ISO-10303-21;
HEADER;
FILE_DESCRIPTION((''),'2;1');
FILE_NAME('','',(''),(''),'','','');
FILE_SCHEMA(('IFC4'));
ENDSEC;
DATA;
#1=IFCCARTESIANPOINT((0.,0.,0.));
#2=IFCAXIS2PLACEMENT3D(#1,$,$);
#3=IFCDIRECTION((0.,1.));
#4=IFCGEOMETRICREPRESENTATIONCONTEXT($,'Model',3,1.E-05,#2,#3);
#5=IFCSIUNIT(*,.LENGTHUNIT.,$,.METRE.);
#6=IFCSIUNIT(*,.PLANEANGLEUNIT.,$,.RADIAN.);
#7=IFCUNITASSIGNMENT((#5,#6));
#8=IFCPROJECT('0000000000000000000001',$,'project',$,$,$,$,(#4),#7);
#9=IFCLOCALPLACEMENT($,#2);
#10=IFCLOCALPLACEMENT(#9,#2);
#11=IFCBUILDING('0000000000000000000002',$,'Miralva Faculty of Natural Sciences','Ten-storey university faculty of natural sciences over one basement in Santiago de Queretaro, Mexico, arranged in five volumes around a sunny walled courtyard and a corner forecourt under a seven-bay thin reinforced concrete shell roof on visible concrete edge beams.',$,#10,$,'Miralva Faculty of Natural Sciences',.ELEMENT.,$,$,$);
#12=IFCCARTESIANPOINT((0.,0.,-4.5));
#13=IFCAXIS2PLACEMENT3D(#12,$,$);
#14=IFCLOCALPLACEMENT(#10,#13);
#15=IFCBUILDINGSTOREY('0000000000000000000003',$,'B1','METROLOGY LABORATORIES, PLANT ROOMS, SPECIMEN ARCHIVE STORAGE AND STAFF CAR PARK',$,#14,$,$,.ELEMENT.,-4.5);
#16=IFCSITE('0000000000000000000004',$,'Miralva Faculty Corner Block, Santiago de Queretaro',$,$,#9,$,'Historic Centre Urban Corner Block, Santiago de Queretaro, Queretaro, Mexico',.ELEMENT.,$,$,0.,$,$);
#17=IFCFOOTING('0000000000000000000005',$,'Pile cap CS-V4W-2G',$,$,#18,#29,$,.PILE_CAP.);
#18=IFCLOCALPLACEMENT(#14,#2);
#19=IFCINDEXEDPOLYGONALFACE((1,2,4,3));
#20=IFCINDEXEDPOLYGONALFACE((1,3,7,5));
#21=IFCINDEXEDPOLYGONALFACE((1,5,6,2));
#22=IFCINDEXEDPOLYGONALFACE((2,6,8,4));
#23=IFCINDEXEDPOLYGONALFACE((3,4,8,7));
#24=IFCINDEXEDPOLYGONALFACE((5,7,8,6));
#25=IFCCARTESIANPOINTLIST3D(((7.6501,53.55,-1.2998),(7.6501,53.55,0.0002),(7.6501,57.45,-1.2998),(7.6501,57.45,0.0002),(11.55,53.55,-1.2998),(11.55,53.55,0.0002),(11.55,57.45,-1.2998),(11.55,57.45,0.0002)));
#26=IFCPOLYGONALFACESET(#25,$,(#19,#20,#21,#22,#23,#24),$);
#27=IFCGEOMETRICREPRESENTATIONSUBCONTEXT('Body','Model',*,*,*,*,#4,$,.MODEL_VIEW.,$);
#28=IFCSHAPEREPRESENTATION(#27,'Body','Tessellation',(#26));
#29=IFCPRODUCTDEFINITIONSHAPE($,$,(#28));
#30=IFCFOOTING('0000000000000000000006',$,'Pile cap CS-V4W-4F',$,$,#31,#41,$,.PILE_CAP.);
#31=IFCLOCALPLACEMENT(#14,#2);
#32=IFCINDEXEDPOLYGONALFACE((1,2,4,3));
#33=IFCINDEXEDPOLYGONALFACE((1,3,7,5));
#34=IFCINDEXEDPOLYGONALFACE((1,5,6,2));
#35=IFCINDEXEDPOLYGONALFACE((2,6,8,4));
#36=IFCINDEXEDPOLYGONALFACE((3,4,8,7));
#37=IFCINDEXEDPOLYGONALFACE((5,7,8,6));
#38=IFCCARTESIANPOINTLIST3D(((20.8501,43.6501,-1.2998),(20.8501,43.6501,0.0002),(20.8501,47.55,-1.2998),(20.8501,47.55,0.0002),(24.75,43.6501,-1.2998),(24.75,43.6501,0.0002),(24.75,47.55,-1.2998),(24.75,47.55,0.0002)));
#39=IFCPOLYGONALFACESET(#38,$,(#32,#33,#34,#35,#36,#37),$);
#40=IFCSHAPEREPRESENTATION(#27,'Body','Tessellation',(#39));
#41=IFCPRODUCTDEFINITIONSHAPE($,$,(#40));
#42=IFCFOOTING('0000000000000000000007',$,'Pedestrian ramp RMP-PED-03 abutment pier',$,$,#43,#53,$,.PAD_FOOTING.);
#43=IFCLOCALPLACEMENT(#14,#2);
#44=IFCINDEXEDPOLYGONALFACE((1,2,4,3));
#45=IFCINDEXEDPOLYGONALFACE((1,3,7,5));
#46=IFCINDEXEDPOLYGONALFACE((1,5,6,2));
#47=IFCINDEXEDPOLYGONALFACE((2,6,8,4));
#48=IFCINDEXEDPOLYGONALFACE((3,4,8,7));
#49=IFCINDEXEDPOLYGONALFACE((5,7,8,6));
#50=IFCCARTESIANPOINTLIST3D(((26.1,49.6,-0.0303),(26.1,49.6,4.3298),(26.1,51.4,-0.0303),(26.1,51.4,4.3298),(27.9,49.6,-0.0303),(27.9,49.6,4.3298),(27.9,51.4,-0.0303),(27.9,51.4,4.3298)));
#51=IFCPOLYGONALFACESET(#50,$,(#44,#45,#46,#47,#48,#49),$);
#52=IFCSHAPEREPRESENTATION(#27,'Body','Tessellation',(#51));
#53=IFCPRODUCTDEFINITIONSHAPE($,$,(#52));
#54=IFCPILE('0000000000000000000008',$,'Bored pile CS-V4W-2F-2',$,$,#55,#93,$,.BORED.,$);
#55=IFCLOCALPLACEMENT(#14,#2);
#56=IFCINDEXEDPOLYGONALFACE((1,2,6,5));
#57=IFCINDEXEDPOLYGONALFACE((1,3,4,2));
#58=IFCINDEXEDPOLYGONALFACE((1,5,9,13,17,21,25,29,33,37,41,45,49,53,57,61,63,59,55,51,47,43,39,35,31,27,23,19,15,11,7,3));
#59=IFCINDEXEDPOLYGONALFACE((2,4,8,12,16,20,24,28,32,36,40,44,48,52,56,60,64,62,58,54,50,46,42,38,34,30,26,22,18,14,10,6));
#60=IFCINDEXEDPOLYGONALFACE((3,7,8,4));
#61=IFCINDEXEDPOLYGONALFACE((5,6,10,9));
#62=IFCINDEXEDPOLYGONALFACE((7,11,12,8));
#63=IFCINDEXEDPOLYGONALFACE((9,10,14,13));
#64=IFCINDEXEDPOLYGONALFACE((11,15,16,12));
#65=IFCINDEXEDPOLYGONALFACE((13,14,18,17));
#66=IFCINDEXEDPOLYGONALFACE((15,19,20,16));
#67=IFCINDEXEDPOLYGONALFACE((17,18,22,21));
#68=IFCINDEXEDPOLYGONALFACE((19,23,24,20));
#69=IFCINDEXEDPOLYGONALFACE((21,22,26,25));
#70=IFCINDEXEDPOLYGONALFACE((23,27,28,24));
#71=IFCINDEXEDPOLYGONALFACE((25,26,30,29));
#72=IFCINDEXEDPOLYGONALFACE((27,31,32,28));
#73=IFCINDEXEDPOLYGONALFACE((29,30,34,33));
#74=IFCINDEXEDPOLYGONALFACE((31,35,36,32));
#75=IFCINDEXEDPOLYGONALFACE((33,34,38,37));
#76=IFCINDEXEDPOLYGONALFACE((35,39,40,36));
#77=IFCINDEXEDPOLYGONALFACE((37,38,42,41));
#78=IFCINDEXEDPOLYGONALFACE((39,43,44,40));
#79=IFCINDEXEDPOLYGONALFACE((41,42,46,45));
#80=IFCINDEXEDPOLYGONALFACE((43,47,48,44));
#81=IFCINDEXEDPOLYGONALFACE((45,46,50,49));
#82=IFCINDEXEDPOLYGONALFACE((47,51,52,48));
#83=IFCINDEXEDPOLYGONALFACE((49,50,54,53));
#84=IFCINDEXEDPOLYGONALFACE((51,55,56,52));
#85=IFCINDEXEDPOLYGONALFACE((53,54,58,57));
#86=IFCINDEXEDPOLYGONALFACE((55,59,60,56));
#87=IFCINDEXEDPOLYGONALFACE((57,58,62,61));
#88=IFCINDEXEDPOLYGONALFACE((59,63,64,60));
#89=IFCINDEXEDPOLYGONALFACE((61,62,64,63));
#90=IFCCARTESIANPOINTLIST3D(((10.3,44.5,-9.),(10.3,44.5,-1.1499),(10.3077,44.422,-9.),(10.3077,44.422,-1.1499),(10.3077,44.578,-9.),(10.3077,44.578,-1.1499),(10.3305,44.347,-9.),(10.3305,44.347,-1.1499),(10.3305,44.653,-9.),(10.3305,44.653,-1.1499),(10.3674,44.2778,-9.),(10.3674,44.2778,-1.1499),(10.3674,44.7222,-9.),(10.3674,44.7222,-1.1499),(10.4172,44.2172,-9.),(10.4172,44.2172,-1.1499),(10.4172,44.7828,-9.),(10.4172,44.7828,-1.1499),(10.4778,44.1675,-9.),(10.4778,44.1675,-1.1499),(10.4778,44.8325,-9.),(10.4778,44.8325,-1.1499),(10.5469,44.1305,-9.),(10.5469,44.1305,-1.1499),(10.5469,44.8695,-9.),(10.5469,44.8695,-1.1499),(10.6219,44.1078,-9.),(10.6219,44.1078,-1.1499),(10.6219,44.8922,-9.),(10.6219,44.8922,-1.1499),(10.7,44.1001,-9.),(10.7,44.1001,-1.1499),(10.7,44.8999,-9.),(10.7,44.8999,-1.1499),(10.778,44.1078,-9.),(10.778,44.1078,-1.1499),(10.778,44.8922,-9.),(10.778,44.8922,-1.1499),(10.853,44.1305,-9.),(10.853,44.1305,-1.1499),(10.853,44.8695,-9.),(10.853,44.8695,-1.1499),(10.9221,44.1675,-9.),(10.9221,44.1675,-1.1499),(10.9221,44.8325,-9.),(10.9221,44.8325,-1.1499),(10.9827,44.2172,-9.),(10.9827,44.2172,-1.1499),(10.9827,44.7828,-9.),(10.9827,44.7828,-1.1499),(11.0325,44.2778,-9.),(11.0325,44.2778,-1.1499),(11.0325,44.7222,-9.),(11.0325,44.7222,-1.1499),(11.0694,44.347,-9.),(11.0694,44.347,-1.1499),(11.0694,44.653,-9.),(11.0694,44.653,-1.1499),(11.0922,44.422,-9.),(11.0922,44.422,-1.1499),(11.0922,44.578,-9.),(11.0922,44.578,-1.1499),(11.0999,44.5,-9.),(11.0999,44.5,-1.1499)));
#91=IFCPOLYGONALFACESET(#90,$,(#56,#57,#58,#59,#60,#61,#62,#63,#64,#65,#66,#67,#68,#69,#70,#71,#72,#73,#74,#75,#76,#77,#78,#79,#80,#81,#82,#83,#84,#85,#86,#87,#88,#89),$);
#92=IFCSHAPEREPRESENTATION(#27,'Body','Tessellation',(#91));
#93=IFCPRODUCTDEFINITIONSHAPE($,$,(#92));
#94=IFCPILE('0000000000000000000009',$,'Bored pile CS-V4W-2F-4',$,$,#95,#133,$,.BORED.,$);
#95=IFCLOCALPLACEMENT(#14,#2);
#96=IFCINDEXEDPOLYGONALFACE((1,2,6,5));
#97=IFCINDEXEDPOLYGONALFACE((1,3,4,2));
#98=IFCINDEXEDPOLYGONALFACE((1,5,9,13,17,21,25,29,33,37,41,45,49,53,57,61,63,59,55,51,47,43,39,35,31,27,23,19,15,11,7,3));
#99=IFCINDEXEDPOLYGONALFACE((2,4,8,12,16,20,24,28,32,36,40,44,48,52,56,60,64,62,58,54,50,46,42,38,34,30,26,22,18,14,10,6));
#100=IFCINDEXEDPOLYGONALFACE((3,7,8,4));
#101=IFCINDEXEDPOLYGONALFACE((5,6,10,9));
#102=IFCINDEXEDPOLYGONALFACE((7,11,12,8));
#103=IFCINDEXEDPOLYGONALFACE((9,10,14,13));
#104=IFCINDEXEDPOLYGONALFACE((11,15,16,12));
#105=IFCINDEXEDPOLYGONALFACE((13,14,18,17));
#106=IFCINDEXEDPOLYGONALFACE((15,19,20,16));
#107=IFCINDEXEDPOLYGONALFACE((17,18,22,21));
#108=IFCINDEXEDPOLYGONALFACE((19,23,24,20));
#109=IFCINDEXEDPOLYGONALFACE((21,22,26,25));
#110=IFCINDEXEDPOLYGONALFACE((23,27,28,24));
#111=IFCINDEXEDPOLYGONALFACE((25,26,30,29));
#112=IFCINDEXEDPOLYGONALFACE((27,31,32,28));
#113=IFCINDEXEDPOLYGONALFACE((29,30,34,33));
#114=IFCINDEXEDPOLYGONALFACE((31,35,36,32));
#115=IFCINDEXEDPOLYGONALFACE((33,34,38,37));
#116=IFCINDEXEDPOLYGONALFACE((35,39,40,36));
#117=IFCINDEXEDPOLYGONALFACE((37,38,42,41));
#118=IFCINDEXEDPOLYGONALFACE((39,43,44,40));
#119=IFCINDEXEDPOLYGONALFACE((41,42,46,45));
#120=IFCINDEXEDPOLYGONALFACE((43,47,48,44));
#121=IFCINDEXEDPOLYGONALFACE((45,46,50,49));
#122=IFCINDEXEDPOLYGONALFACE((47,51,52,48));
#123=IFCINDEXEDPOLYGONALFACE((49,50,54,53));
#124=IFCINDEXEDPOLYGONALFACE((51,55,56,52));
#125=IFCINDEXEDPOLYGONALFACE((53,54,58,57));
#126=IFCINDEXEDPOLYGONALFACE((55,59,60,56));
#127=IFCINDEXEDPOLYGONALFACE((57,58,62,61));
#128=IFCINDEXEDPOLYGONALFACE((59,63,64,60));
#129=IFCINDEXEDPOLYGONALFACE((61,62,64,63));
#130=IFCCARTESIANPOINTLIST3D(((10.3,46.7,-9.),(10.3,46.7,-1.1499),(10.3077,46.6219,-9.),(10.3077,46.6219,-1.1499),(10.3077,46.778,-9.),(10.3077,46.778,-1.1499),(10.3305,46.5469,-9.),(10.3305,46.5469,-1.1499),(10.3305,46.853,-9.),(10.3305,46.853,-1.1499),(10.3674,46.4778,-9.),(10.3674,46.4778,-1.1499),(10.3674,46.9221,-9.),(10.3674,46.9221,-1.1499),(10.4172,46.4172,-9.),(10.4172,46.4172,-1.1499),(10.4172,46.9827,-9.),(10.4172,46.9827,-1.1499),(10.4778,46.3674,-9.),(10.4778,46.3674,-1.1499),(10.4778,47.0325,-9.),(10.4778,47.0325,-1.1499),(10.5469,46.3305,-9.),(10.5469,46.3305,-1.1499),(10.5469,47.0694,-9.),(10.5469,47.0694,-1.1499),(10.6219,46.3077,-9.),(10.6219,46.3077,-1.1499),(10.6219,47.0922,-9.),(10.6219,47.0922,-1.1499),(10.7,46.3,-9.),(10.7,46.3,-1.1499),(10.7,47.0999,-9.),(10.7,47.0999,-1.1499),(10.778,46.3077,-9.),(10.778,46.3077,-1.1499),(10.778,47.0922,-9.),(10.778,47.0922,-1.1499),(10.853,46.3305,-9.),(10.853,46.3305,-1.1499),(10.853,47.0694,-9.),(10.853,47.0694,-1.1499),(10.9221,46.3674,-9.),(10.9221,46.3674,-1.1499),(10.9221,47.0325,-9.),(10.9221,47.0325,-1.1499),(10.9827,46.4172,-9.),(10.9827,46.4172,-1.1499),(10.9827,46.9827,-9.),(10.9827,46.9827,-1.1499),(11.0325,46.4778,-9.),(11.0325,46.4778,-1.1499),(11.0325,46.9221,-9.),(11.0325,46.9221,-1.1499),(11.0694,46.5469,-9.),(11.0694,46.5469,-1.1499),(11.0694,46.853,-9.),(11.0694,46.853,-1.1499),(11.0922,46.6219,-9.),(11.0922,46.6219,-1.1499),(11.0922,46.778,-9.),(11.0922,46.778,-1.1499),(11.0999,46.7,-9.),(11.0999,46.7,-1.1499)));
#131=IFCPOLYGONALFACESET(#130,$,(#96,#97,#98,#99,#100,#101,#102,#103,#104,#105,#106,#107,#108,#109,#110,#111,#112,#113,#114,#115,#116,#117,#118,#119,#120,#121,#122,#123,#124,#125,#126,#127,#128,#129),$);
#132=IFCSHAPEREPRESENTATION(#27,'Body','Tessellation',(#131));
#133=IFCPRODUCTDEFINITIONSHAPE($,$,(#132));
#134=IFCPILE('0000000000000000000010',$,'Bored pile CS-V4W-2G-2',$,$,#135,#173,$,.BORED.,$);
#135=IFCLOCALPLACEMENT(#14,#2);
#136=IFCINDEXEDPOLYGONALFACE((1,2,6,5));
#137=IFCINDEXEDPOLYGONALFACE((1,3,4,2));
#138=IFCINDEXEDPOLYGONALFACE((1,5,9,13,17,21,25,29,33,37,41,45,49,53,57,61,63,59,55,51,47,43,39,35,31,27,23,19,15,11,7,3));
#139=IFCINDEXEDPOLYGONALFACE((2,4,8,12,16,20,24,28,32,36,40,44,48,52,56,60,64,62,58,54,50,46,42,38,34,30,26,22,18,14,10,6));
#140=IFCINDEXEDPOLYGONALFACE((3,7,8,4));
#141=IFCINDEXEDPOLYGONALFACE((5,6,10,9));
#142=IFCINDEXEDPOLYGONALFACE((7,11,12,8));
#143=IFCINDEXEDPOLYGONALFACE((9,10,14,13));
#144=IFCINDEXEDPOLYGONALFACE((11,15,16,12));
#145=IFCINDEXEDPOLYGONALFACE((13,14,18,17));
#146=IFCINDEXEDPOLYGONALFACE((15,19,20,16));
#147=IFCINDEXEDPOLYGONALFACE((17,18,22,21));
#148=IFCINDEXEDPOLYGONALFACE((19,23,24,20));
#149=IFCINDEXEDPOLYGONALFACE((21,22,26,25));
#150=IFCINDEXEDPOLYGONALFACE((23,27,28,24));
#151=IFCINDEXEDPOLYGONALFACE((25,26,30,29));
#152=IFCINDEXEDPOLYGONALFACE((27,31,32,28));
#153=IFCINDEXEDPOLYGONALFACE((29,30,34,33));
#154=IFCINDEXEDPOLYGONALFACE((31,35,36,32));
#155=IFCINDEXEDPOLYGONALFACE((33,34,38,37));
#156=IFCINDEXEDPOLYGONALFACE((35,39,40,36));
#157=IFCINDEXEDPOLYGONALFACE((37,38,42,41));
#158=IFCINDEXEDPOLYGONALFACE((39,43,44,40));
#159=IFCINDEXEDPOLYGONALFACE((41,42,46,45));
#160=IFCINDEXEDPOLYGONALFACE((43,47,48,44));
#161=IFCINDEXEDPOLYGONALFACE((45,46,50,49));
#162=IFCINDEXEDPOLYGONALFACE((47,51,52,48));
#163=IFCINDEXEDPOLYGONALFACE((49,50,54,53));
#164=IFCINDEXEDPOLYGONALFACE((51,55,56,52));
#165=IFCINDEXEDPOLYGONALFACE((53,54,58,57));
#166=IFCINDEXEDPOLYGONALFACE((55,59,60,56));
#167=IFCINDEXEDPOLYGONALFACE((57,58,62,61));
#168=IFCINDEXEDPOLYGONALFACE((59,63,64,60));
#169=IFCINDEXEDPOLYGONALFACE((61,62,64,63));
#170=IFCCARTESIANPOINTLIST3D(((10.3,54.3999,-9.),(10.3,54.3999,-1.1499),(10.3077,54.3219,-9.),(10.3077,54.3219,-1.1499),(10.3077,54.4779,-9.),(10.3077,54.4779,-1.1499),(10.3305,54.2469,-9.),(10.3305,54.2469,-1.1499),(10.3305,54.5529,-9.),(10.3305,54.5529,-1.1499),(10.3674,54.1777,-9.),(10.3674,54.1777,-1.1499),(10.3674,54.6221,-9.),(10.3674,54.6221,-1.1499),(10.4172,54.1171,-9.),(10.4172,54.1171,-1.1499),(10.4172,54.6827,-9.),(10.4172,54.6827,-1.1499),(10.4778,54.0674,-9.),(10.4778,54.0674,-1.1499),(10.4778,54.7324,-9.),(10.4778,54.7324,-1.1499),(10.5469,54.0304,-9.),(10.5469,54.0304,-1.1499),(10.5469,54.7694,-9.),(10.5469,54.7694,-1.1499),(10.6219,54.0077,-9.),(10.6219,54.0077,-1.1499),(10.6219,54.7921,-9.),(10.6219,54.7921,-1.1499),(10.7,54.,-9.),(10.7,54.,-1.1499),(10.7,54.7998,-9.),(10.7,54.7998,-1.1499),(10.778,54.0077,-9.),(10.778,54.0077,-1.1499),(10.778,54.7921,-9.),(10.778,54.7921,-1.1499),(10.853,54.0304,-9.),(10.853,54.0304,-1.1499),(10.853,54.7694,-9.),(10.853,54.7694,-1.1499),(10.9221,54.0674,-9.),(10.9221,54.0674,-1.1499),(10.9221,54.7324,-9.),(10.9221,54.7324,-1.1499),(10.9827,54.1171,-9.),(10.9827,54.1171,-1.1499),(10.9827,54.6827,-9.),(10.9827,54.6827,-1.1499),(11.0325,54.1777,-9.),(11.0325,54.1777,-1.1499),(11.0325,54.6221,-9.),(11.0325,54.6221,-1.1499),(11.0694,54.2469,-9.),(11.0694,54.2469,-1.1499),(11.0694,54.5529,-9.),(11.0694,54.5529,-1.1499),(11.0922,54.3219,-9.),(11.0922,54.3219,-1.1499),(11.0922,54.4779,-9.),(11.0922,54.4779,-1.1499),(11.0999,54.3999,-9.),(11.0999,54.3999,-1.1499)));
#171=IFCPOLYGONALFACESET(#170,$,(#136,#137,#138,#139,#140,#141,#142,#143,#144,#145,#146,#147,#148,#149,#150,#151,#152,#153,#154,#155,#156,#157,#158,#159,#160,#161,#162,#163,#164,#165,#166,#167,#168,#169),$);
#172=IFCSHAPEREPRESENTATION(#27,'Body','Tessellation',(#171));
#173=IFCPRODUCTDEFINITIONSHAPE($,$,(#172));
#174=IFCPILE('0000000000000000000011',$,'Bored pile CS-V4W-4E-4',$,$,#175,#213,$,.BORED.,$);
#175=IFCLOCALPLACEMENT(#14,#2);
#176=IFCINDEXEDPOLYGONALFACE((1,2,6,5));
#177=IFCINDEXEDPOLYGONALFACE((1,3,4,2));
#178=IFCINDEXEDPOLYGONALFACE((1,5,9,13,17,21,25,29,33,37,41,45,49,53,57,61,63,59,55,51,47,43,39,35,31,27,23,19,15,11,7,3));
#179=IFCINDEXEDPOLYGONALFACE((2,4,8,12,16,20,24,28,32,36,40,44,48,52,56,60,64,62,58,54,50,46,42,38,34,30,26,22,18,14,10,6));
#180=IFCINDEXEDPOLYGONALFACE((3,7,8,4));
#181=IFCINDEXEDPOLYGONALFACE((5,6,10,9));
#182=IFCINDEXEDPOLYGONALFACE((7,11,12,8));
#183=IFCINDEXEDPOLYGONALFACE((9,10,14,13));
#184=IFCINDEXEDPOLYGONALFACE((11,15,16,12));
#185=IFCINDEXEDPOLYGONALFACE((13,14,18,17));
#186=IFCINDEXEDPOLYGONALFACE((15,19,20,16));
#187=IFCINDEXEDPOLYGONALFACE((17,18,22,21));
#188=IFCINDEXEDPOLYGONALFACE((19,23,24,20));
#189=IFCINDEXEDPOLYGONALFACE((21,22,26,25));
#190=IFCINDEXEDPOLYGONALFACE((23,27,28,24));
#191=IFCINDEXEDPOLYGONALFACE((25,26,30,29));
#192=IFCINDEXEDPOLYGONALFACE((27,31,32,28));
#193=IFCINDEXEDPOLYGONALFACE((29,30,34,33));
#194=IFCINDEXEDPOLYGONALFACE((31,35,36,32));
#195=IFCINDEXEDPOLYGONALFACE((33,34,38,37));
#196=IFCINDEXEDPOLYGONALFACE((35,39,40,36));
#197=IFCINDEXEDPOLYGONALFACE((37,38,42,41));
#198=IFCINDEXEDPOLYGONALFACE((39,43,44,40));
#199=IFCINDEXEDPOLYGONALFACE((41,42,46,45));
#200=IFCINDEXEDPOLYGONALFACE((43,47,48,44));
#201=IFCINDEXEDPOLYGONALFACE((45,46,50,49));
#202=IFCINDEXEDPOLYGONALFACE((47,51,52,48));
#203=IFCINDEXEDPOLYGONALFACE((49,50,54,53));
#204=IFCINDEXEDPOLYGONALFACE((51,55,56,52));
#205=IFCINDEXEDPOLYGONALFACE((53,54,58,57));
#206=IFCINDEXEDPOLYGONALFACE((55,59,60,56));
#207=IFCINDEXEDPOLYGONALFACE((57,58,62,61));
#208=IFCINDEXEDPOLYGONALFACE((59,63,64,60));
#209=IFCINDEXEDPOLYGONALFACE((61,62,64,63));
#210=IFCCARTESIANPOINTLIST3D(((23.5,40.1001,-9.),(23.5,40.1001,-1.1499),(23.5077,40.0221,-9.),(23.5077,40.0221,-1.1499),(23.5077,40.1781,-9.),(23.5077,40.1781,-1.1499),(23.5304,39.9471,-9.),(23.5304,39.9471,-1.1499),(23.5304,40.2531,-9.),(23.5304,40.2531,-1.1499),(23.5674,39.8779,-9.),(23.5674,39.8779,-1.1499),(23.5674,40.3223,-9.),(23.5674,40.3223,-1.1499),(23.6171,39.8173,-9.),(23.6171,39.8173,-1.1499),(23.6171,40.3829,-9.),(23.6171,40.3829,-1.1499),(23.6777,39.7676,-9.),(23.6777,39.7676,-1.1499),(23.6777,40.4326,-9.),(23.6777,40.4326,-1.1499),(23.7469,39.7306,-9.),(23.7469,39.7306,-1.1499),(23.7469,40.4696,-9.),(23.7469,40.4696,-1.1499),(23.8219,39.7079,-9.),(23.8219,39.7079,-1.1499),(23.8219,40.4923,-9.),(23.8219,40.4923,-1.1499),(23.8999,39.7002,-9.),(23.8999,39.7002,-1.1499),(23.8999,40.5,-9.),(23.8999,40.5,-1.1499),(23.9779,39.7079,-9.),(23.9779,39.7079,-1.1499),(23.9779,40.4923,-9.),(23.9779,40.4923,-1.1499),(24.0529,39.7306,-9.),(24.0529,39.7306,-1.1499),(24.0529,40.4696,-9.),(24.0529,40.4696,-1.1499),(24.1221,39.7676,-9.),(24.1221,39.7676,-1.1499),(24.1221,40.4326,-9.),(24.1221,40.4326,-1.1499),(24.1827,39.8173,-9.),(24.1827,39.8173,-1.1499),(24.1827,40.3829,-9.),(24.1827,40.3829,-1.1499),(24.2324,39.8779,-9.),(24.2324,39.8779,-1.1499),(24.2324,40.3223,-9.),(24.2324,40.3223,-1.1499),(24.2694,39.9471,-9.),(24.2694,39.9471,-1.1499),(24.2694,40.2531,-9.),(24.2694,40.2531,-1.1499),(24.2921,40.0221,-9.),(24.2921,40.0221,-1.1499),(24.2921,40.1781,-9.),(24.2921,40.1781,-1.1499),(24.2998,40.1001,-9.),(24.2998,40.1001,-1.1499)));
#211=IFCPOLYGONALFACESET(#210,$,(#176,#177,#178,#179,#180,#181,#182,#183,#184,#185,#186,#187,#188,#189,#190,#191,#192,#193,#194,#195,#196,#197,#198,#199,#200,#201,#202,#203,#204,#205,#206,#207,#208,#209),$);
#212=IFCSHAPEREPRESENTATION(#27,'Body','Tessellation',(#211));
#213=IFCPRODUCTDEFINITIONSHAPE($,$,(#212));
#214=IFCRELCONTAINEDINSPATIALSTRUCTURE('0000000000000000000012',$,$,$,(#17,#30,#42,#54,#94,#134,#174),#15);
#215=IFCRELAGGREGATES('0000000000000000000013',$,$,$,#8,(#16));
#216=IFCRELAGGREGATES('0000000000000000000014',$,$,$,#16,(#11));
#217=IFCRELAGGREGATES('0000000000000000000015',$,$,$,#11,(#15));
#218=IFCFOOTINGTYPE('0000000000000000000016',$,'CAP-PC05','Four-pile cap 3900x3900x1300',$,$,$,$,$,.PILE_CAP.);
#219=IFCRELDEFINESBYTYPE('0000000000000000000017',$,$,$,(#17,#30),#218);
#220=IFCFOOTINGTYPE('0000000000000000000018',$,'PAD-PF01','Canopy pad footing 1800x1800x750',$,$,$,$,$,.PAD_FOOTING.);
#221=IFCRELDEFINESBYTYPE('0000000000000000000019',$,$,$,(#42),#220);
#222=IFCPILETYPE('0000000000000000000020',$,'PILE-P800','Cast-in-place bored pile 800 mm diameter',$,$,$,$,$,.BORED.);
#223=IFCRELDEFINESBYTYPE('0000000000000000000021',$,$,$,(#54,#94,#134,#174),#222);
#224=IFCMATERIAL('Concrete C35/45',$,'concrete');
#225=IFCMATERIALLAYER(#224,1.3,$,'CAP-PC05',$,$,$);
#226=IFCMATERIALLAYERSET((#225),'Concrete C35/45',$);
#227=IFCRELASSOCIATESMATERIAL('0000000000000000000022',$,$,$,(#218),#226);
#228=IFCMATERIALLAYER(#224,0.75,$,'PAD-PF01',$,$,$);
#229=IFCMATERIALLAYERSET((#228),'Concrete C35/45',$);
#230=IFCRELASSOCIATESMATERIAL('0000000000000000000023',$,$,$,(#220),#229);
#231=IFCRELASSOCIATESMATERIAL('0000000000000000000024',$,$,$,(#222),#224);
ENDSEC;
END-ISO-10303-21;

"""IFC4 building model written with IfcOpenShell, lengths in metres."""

from ifc_helpers import new_model, si_unit, direction, frame, origin, origin_2d, place, context, subcontext, project, spatial, rectangle, circle, extrude, material, layer, layer_set, material_profile, profile_set, type_object, element, save


model = new_model("IFC4")

# Units and contexts
model_context = context("Model", 3, precision=1e-05, world=origin(), true_north=direction((0.0, 1.0)))
body_context = subcontext(model_context, "Body", "Model", "MODEL_VIEW")
ifc_project = project(units=[si_unit("LENGTHUNIT", "METRE"), si_unit("PLANEANGLEUNIT", "RADIAN")], contexts=[model_context])

# Site, building, storey
site_placement = place(None, origin())
site = spatial("IfcSite", under=ifc_project, at=site_placement, Name="Miralva Faculty Corner Block, Santiago de Queretaro", LongName="Historic Centre Urban Corner Block, Santiago de Queretaro, Queretaro, Mexico", CompositionType="ELEMENT", RefElevation=0.0)
building_placement = place(site_placement, origin())
building = spatial("IfcBuilding", under=site, at=building_placement, Name="Miralva Faculty of Natural Sciences", Description="Ten-storey university faculty of natural sciences over one basement in Santiago de Queretaro, Mexico, arranged in five volumes around a sunny walled courtyard and a corner forecourt under a seven-bay thin reinforced concrete shell roof on visible concrete edge beams.", LongName="Miralva Faculty of Natural Sciences", CompositionType="ELEMENT")
storey_placement = place(building_placement, frame((0.0, 0.0, -4.5)))
storey = spatial("IfcBuildingStorey", under=building, at=storey_placement, Name="B1", Description="METROLOGY LABORATORIES, PLANT ROOMS, SPECIMEN ARCHIVE STORAGE AND STAFF CAR PARK", CompositionType="ELEMENT", Elevation=-4.5)

# Footings
ifc_material_1 = material(Name="Concrete C35/45", Category="concrete")
ifc_layer_1 = layer(ifc_material_1, 1.3, Name="CAP-PC05")
ifc_layer_set_1 = layer_set([ifc_layer_1], Name="Concrete C35/45")
footing_type_1 = type_object("IfcFootingType", Name="CAP-PC05", Description="Four-pile cap 3900x3900x1300", PredefinedType="PILE_CAP", material=ifc_layer_set_1)
for number, where, z_axis, x_axis, name in (
    (1, (9.6001, 55.5, -1.2998), (0.0, 0.0, 1.0), (1.0, 0.0, 0.0), "Pile cap CS-V4W-2G"),
    (2, (22.8, 45.6001, -1.2998), (0.0, 0.0, 1.0), (1.0, 0.0, 0.0), "Pile cap CS-V4W-4F"),
):
    element("IfcFooting", number, at=place(storey_placement, frame(where, z_axis=z_axis, x_axis=x_axis)), inside=storey, type_object=footing_type_1, Name=name, PredefinedType="PILE_CAP", context=body_context, shape_type="SweptSolid", body=[
        extrude(rectangle(XDim=3.8999, YDim=3.8999, at=origin_2d()), origin(), (0.0, 0.0, 1.0), 1.3),
    ])
ifc_layer_2 = layer(ifc_material_1, 0.75, Name="PAD-PF01")
ifc_layer_set_2 = layer_set([ifc_layer_2], Name="Concrete C35/45")
footing_type_2 = type_object("IfcFootingType", Name="PAD-PF01", Description="Canopy pad footing 1800x1800x750", PredefinedType="PAD_FOOTING", material=ifc_layer_set_2)
footing_1_placement = place(storey_placement, frame((27.0, 50.5, -0.0303), z_axis=(0.0, 0.0, 1.0), x_axis=(1.0, 0.0, 0.0)))
element("IfcFooting", 3, at=footing_1_placement, inside=storey, type_object=footing_type_2, Name="Pedestrian ramp RMP-PED-03 abutment pier", PredefinedType="PAD_FOOTING", context=body_context, shape_type="SweptSolid", body=[
    extrude(rectangle(XDim=1.8, YDim=1.8, at=origin_2d()), origin(), (0.0, 0.0, 1.0), 4.3601),
])

# Piles
ifc_material_profile_1 = material_profile(ifc_material_1, circle(Radius=0.3999, at=origin_2d()), Name="BORED PILE 800")
ifc_profile_set_1 = profile_set([ifc_material_profile_1], Name="Concrete C35/45")
pile_type = type_object("IfcPileType", Name="PILE-P800", Description="Cast-in-place bored pile 800 mm diameter", PredefinedType="BORED", material=ifc_profile_set_1)
for number, where, z_axis, x_axis, name in (
    (4, (10.7, 44.5, -1.1499), (0.0, 0.0, -1.0), (1.0, 0.0, 0.0), "Bored pile CS-V4W-2F-2"),
    (5, (10.7, 46.7, -1.1499), (0.0, 0.0, -1.0), (1.0, 0.0, 0.0), "Bored pile CS-V4W-2F-4"),
    (6, (10.7, 54.3999, -1.1499), (0.0, 0.0, -1.0), (1.0, 0.0, 0.0), "Bored pile CS-V4W-2G-2"),
    (7, (23.8999, 40.1001, -1.1499), (0.0, 0.0, -1.0), (1.0, 0.0, 0.0), "Bored pile CS-V4W-4E-4"),
):
    element("IfcPile", number, at=place(storey_placement, frame(where, z_axis=z_axis, x_axis=x_axis)), inside=storey, type_object=pile_type, Name=name, PredefinedType="BORED", context=body_context, shape_type="SweptSolid", body=[
        extrude(circle(Radius=0.3999, at=origin_2d()), origin(), (0.0, 0.0, 1.0), 7.8501),
    ])

save(model, "model.ifc")
